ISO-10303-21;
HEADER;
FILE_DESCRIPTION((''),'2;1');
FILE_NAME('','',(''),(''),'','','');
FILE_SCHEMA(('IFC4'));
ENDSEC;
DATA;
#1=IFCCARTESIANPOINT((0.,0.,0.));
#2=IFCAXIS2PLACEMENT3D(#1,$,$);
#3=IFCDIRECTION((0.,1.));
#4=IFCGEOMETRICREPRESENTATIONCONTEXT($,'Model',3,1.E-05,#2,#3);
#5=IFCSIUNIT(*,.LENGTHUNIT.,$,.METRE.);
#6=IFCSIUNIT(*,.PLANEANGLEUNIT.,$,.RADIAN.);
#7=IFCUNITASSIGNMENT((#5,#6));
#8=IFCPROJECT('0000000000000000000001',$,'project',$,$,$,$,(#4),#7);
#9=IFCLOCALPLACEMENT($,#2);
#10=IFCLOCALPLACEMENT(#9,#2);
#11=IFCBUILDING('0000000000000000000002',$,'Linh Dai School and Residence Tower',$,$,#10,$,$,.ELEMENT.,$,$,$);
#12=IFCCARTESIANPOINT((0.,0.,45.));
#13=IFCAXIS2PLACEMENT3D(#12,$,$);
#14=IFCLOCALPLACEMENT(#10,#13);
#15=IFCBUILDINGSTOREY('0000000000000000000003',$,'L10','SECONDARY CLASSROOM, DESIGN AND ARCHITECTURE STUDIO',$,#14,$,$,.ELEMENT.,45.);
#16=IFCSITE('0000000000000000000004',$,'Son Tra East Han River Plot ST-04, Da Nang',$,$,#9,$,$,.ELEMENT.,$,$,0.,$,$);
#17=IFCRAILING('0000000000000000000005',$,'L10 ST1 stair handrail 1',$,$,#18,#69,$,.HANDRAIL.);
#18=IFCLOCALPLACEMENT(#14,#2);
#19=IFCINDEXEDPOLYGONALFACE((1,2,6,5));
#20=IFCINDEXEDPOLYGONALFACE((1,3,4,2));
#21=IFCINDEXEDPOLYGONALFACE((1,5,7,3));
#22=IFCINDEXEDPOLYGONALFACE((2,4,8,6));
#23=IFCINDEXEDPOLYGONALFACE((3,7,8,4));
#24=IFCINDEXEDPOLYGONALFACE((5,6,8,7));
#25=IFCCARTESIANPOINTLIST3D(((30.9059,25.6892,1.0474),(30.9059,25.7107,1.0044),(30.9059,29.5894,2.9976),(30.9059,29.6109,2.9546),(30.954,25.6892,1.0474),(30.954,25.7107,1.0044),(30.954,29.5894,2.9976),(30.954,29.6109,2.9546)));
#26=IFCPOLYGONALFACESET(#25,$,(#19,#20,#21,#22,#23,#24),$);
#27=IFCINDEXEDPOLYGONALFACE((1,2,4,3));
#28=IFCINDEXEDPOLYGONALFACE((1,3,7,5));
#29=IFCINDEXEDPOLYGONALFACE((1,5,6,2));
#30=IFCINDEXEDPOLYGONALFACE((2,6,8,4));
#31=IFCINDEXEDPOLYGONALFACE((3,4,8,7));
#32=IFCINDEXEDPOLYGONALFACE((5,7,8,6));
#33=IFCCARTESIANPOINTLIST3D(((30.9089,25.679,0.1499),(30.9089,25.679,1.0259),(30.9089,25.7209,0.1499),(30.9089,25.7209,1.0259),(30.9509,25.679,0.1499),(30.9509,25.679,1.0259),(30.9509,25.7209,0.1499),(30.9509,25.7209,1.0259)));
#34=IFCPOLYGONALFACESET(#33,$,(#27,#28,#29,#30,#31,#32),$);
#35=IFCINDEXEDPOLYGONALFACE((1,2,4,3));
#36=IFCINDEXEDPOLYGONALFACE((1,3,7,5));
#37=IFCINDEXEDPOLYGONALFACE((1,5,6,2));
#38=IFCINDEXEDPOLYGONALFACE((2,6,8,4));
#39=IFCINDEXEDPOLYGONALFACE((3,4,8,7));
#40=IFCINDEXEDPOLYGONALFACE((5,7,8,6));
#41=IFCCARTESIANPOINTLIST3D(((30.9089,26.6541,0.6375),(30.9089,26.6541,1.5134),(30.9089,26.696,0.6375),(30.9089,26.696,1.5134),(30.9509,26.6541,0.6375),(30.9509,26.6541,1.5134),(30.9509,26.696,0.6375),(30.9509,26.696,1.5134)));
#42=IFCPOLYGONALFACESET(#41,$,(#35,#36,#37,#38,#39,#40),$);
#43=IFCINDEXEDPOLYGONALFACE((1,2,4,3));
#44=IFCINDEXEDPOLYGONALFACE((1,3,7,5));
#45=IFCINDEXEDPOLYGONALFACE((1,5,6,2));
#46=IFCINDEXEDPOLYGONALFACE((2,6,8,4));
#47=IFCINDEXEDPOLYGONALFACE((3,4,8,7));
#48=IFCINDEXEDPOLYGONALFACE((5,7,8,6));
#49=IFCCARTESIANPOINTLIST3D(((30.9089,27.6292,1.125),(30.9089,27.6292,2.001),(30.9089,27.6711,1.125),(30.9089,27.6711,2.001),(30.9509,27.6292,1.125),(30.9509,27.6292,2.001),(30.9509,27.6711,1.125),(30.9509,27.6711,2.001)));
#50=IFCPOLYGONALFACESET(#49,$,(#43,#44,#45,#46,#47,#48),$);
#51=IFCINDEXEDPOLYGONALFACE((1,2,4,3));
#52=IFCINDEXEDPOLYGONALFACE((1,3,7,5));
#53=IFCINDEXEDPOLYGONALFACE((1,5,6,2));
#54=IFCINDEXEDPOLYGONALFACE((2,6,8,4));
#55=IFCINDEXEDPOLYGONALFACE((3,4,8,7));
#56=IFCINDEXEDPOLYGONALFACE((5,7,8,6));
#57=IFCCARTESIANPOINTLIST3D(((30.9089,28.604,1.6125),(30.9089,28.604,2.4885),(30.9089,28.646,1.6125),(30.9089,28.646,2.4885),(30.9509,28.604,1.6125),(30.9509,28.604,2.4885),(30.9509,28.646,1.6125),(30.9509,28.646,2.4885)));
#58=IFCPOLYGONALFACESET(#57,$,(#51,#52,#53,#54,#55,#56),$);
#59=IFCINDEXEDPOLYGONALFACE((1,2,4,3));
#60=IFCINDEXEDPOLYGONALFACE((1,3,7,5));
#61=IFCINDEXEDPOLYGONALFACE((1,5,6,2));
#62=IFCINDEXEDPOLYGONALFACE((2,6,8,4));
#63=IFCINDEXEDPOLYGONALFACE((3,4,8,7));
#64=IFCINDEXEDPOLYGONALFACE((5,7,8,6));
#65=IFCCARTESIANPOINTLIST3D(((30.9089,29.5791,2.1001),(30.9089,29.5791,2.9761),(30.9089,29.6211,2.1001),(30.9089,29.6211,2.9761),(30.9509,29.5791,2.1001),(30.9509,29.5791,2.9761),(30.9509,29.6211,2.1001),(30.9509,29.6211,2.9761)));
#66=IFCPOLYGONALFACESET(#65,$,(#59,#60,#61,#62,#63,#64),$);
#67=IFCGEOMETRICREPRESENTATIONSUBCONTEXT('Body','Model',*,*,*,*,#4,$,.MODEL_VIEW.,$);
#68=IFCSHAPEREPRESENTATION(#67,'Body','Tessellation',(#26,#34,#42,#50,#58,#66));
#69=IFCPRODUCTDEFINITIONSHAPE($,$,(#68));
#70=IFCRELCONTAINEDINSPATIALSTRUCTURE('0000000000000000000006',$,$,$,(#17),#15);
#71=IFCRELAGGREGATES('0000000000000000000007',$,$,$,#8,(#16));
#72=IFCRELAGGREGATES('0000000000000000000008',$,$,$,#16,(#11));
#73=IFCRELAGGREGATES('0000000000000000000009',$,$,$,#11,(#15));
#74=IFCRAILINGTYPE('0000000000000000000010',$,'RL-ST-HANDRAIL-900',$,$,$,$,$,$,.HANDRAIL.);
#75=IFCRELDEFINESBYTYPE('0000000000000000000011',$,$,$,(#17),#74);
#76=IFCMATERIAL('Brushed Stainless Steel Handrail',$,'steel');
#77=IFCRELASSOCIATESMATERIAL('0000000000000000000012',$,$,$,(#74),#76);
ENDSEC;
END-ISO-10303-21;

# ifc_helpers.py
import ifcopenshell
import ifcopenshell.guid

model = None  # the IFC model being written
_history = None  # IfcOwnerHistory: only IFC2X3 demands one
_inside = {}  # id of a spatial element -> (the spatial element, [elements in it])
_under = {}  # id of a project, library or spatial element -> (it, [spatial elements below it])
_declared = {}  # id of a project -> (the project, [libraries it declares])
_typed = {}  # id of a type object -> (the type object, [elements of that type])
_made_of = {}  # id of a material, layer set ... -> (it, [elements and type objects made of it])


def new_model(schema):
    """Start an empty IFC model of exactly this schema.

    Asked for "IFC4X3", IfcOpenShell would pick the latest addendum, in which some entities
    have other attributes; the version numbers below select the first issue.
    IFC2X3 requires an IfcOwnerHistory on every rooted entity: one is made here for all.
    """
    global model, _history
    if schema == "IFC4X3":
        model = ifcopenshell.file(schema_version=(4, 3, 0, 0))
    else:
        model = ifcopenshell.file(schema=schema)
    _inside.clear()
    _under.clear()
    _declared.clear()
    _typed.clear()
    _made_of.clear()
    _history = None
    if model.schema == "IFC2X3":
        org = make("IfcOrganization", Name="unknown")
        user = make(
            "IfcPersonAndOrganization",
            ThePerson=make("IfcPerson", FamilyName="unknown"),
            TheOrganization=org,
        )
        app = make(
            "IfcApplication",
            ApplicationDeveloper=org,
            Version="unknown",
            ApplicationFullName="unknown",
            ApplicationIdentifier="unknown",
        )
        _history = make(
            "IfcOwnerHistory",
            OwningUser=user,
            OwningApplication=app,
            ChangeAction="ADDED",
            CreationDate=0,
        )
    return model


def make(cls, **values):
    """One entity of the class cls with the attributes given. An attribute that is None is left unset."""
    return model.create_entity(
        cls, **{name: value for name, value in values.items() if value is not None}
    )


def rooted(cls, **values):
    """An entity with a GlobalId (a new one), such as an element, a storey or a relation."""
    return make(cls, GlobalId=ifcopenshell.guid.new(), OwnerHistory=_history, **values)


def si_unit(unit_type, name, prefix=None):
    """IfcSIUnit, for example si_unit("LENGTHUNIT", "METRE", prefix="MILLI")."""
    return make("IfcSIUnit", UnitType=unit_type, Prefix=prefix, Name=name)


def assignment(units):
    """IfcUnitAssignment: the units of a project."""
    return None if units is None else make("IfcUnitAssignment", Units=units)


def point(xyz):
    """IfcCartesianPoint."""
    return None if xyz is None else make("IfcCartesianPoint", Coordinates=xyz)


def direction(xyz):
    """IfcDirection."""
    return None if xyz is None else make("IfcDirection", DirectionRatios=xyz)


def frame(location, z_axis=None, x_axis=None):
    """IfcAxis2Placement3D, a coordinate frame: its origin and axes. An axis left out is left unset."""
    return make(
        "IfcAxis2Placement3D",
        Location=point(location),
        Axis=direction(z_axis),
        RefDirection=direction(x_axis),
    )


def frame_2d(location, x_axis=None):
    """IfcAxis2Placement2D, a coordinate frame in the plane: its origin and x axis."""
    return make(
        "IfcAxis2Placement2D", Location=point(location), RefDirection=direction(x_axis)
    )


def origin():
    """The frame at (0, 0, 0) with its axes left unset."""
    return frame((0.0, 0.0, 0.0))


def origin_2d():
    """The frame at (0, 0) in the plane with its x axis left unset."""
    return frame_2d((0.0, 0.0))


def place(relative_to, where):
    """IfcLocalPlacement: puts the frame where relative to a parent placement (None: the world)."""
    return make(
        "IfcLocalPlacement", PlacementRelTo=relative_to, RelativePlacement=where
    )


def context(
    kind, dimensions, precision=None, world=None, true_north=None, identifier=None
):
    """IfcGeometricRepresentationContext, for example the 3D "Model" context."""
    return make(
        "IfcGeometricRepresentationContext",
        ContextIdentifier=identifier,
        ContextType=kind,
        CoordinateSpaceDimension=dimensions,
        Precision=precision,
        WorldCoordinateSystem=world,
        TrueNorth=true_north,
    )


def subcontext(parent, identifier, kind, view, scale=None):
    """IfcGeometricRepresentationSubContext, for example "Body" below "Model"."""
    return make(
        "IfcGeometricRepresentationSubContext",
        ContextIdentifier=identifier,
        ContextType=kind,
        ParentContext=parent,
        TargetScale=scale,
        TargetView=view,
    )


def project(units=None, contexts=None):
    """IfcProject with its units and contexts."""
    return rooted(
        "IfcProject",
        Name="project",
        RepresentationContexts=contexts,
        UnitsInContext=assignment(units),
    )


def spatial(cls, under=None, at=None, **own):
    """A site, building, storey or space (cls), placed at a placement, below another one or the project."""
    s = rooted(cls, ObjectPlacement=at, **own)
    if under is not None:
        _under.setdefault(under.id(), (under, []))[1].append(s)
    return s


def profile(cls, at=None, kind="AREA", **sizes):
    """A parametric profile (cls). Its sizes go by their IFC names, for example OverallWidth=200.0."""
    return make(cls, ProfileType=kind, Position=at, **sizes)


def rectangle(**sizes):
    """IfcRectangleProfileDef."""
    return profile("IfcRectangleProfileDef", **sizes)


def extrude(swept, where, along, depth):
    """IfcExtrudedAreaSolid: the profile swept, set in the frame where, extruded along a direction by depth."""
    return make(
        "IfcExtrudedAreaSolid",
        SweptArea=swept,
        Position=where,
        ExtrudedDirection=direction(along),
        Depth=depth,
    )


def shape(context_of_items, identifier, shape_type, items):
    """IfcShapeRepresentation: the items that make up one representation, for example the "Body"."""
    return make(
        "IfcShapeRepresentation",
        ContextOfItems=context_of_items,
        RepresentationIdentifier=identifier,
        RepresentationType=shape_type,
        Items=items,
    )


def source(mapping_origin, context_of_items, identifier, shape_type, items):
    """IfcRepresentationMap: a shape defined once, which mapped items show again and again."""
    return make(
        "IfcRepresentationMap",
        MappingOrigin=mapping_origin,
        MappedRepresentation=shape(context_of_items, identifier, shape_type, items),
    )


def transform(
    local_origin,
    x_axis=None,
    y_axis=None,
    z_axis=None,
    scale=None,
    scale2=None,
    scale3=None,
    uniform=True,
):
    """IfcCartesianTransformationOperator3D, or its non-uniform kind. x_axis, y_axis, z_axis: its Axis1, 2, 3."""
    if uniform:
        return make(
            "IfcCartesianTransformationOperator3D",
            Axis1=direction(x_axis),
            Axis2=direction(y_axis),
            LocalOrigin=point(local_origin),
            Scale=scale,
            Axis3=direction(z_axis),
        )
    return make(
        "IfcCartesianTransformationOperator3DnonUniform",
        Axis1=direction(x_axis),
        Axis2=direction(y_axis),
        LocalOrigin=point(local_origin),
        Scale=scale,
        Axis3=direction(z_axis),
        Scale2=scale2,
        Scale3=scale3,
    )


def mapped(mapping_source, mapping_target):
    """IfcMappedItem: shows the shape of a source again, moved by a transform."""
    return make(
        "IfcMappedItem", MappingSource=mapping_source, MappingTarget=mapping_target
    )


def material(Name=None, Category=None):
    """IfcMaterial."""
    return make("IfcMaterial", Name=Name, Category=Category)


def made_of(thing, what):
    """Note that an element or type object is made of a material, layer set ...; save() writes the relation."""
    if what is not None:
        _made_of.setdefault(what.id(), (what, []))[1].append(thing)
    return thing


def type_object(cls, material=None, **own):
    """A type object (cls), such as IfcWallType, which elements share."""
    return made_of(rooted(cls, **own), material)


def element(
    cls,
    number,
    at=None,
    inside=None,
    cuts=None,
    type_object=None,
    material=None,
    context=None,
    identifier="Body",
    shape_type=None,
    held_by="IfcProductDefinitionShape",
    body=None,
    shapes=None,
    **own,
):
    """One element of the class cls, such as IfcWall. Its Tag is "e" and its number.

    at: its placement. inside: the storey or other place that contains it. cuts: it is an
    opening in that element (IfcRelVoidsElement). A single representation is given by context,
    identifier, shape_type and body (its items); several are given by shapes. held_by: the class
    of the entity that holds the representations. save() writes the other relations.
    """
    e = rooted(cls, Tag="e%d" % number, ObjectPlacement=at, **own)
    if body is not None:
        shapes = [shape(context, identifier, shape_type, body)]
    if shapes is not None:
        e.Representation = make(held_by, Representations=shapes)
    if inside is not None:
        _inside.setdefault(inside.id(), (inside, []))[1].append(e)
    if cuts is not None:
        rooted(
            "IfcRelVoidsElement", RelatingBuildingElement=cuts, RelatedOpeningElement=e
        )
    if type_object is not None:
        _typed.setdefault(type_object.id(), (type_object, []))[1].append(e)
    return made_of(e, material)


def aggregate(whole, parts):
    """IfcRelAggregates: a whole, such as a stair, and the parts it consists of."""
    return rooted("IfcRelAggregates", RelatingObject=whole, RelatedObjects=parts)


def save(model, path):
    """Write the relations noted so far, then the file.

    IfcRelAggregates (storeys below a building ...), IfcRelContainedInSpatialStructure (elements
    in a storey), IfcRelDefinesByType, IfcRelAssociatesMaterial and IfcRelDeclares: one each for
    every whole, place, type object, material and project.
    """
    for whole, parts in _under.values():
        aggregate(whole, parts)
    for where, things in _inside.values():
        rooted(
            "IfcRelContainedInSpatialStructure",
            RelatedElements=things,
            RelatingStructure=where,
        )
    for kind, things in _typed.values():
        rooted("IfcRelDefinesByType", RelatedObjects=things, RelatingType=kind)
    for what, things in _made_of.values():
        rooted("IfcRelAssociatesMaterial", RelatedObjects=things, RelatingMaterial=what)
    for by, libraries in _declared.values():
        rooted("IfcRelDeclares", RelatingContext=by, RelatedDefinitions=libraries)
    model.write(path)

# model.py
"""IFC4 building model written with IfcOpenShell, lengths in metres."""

from ifc_helpers import new_model, si_unit, direction, frame, origin, origin_2d, place, context, subcontext, project, spatial, rectangle, extrude, source, transform, mapped, material, type_object, element, save


model = new_model("IFC4")

# Units and contexts
model_context = context("Model", 3, precision=1e-05, world=origin(), true_north=direction((0.0, 1.0)))
body_context = subcontext(model_context, "Body", "Model", "MODEL_VIEW")
ifc_project = project(units=[si_unit("LENGTHUNIT", "METRE"), si_unit("PLANEANGLEUNIT", "RADIAN")], contexts=[model_context])

# Site, building, storey
site_placement = place(None, origin())
site = spatial("IfcSite", under=ifc_project, at=site_placement, Name="Son Tra East Han River Plot ST-04, Da Nang", CompositionType="ELEMENT", RefElevation=0.0)
building_placement = place(site_placement, origin())
building = spatial("IfcBuilding", under=site, at=building_placement, Name="Linh Dai School and Residence Tower", CompositionType="ELEMENT")
storey_placement = place(building_placement, frame((0.0, 0.0, 45.0)))
storey = spatial("IfcBuildingStorey", under=building, at=storey_placement, Name="L10", Description="SECONDARY CLASSROOM, DESIGN AND ARCHITECTURE STUDIO", CompositionType="ELEMENT", Elevation=45.0)

# Railing
ifc_material_1 = material(Name="Brushed Stainless Steel Handrail", Category="steel")
railing_type_1 = type_object("IfcRailingType", Name="RL-ST-HANDRAIL-900", PredefinedType="HANDRAIL", material=ifc_material_1)
shared_shape_1 = source(origin(), body_context, "Body", "SweptSolid", [
    extrude(rectangle(XDim=0.0481, YDim=0.0481, at=origin_2d()), frame((0.0, 0.0, 0.876), z_axis=(0.0, 0.894416, 0.447236), x_axis=(-1.0, 0.0, 0.0)), (0.0, 0.0, 1.0), 4.3606),
    extrude(rectangle(XDim=0.042, YDim=0.042, at=origin_2d()), origin(), (0.0, 0.0, 1.0), 0.876),
    extrude(rectangle(XDim=0.042, YDim=0.042, at=origin_2d()), frame((0.0, 0.9751, 0.4875)), (0.0, 0.0, 1.0), 0.876),
    extrude(rectangle(XDim=0.042, YDim=0.042, at=origin_2d()), frame((0.0, 1.9502, 0.9751)), (0.0, 0.0, 1.0), 0.876),
    extrude(rectangle(XDim=0.042, YDim=0.042, at=origin_2d()), frame((0.0, 2.925, 1.4626)), (0.0, 0.0, 1.0), 0.876),
    extrude(rectangle(XDim=0.042, YDim=0.042, at=origin_2d()), frame((0.0, 3.9001, 1.9502)), (0.0, 0.0, 1.0), 0.876),
])
railing_1_placement = place(storey_placement, frame((30.9299, 25.7, 0.1499)))
element("IfcRailing", 1, at=railing_1_placement, inside=storey, type_object=railing_type_1, Name="L10 ST1 stair handrail 1", PredefinedType="HANDRAIL", context=body_context, shape_type="MappedRepresentation", body=[
    mapped(shared_shape_1, transform((0.0, 0.0, 0.0), x_axis=(1.0, 0.0, 0.0), y_axis=(0.0, 1.0, 0.0), z_axis=(0.0, 0.0, 1.0), scale=1.0)),
])

save(model, "model.ifc")
